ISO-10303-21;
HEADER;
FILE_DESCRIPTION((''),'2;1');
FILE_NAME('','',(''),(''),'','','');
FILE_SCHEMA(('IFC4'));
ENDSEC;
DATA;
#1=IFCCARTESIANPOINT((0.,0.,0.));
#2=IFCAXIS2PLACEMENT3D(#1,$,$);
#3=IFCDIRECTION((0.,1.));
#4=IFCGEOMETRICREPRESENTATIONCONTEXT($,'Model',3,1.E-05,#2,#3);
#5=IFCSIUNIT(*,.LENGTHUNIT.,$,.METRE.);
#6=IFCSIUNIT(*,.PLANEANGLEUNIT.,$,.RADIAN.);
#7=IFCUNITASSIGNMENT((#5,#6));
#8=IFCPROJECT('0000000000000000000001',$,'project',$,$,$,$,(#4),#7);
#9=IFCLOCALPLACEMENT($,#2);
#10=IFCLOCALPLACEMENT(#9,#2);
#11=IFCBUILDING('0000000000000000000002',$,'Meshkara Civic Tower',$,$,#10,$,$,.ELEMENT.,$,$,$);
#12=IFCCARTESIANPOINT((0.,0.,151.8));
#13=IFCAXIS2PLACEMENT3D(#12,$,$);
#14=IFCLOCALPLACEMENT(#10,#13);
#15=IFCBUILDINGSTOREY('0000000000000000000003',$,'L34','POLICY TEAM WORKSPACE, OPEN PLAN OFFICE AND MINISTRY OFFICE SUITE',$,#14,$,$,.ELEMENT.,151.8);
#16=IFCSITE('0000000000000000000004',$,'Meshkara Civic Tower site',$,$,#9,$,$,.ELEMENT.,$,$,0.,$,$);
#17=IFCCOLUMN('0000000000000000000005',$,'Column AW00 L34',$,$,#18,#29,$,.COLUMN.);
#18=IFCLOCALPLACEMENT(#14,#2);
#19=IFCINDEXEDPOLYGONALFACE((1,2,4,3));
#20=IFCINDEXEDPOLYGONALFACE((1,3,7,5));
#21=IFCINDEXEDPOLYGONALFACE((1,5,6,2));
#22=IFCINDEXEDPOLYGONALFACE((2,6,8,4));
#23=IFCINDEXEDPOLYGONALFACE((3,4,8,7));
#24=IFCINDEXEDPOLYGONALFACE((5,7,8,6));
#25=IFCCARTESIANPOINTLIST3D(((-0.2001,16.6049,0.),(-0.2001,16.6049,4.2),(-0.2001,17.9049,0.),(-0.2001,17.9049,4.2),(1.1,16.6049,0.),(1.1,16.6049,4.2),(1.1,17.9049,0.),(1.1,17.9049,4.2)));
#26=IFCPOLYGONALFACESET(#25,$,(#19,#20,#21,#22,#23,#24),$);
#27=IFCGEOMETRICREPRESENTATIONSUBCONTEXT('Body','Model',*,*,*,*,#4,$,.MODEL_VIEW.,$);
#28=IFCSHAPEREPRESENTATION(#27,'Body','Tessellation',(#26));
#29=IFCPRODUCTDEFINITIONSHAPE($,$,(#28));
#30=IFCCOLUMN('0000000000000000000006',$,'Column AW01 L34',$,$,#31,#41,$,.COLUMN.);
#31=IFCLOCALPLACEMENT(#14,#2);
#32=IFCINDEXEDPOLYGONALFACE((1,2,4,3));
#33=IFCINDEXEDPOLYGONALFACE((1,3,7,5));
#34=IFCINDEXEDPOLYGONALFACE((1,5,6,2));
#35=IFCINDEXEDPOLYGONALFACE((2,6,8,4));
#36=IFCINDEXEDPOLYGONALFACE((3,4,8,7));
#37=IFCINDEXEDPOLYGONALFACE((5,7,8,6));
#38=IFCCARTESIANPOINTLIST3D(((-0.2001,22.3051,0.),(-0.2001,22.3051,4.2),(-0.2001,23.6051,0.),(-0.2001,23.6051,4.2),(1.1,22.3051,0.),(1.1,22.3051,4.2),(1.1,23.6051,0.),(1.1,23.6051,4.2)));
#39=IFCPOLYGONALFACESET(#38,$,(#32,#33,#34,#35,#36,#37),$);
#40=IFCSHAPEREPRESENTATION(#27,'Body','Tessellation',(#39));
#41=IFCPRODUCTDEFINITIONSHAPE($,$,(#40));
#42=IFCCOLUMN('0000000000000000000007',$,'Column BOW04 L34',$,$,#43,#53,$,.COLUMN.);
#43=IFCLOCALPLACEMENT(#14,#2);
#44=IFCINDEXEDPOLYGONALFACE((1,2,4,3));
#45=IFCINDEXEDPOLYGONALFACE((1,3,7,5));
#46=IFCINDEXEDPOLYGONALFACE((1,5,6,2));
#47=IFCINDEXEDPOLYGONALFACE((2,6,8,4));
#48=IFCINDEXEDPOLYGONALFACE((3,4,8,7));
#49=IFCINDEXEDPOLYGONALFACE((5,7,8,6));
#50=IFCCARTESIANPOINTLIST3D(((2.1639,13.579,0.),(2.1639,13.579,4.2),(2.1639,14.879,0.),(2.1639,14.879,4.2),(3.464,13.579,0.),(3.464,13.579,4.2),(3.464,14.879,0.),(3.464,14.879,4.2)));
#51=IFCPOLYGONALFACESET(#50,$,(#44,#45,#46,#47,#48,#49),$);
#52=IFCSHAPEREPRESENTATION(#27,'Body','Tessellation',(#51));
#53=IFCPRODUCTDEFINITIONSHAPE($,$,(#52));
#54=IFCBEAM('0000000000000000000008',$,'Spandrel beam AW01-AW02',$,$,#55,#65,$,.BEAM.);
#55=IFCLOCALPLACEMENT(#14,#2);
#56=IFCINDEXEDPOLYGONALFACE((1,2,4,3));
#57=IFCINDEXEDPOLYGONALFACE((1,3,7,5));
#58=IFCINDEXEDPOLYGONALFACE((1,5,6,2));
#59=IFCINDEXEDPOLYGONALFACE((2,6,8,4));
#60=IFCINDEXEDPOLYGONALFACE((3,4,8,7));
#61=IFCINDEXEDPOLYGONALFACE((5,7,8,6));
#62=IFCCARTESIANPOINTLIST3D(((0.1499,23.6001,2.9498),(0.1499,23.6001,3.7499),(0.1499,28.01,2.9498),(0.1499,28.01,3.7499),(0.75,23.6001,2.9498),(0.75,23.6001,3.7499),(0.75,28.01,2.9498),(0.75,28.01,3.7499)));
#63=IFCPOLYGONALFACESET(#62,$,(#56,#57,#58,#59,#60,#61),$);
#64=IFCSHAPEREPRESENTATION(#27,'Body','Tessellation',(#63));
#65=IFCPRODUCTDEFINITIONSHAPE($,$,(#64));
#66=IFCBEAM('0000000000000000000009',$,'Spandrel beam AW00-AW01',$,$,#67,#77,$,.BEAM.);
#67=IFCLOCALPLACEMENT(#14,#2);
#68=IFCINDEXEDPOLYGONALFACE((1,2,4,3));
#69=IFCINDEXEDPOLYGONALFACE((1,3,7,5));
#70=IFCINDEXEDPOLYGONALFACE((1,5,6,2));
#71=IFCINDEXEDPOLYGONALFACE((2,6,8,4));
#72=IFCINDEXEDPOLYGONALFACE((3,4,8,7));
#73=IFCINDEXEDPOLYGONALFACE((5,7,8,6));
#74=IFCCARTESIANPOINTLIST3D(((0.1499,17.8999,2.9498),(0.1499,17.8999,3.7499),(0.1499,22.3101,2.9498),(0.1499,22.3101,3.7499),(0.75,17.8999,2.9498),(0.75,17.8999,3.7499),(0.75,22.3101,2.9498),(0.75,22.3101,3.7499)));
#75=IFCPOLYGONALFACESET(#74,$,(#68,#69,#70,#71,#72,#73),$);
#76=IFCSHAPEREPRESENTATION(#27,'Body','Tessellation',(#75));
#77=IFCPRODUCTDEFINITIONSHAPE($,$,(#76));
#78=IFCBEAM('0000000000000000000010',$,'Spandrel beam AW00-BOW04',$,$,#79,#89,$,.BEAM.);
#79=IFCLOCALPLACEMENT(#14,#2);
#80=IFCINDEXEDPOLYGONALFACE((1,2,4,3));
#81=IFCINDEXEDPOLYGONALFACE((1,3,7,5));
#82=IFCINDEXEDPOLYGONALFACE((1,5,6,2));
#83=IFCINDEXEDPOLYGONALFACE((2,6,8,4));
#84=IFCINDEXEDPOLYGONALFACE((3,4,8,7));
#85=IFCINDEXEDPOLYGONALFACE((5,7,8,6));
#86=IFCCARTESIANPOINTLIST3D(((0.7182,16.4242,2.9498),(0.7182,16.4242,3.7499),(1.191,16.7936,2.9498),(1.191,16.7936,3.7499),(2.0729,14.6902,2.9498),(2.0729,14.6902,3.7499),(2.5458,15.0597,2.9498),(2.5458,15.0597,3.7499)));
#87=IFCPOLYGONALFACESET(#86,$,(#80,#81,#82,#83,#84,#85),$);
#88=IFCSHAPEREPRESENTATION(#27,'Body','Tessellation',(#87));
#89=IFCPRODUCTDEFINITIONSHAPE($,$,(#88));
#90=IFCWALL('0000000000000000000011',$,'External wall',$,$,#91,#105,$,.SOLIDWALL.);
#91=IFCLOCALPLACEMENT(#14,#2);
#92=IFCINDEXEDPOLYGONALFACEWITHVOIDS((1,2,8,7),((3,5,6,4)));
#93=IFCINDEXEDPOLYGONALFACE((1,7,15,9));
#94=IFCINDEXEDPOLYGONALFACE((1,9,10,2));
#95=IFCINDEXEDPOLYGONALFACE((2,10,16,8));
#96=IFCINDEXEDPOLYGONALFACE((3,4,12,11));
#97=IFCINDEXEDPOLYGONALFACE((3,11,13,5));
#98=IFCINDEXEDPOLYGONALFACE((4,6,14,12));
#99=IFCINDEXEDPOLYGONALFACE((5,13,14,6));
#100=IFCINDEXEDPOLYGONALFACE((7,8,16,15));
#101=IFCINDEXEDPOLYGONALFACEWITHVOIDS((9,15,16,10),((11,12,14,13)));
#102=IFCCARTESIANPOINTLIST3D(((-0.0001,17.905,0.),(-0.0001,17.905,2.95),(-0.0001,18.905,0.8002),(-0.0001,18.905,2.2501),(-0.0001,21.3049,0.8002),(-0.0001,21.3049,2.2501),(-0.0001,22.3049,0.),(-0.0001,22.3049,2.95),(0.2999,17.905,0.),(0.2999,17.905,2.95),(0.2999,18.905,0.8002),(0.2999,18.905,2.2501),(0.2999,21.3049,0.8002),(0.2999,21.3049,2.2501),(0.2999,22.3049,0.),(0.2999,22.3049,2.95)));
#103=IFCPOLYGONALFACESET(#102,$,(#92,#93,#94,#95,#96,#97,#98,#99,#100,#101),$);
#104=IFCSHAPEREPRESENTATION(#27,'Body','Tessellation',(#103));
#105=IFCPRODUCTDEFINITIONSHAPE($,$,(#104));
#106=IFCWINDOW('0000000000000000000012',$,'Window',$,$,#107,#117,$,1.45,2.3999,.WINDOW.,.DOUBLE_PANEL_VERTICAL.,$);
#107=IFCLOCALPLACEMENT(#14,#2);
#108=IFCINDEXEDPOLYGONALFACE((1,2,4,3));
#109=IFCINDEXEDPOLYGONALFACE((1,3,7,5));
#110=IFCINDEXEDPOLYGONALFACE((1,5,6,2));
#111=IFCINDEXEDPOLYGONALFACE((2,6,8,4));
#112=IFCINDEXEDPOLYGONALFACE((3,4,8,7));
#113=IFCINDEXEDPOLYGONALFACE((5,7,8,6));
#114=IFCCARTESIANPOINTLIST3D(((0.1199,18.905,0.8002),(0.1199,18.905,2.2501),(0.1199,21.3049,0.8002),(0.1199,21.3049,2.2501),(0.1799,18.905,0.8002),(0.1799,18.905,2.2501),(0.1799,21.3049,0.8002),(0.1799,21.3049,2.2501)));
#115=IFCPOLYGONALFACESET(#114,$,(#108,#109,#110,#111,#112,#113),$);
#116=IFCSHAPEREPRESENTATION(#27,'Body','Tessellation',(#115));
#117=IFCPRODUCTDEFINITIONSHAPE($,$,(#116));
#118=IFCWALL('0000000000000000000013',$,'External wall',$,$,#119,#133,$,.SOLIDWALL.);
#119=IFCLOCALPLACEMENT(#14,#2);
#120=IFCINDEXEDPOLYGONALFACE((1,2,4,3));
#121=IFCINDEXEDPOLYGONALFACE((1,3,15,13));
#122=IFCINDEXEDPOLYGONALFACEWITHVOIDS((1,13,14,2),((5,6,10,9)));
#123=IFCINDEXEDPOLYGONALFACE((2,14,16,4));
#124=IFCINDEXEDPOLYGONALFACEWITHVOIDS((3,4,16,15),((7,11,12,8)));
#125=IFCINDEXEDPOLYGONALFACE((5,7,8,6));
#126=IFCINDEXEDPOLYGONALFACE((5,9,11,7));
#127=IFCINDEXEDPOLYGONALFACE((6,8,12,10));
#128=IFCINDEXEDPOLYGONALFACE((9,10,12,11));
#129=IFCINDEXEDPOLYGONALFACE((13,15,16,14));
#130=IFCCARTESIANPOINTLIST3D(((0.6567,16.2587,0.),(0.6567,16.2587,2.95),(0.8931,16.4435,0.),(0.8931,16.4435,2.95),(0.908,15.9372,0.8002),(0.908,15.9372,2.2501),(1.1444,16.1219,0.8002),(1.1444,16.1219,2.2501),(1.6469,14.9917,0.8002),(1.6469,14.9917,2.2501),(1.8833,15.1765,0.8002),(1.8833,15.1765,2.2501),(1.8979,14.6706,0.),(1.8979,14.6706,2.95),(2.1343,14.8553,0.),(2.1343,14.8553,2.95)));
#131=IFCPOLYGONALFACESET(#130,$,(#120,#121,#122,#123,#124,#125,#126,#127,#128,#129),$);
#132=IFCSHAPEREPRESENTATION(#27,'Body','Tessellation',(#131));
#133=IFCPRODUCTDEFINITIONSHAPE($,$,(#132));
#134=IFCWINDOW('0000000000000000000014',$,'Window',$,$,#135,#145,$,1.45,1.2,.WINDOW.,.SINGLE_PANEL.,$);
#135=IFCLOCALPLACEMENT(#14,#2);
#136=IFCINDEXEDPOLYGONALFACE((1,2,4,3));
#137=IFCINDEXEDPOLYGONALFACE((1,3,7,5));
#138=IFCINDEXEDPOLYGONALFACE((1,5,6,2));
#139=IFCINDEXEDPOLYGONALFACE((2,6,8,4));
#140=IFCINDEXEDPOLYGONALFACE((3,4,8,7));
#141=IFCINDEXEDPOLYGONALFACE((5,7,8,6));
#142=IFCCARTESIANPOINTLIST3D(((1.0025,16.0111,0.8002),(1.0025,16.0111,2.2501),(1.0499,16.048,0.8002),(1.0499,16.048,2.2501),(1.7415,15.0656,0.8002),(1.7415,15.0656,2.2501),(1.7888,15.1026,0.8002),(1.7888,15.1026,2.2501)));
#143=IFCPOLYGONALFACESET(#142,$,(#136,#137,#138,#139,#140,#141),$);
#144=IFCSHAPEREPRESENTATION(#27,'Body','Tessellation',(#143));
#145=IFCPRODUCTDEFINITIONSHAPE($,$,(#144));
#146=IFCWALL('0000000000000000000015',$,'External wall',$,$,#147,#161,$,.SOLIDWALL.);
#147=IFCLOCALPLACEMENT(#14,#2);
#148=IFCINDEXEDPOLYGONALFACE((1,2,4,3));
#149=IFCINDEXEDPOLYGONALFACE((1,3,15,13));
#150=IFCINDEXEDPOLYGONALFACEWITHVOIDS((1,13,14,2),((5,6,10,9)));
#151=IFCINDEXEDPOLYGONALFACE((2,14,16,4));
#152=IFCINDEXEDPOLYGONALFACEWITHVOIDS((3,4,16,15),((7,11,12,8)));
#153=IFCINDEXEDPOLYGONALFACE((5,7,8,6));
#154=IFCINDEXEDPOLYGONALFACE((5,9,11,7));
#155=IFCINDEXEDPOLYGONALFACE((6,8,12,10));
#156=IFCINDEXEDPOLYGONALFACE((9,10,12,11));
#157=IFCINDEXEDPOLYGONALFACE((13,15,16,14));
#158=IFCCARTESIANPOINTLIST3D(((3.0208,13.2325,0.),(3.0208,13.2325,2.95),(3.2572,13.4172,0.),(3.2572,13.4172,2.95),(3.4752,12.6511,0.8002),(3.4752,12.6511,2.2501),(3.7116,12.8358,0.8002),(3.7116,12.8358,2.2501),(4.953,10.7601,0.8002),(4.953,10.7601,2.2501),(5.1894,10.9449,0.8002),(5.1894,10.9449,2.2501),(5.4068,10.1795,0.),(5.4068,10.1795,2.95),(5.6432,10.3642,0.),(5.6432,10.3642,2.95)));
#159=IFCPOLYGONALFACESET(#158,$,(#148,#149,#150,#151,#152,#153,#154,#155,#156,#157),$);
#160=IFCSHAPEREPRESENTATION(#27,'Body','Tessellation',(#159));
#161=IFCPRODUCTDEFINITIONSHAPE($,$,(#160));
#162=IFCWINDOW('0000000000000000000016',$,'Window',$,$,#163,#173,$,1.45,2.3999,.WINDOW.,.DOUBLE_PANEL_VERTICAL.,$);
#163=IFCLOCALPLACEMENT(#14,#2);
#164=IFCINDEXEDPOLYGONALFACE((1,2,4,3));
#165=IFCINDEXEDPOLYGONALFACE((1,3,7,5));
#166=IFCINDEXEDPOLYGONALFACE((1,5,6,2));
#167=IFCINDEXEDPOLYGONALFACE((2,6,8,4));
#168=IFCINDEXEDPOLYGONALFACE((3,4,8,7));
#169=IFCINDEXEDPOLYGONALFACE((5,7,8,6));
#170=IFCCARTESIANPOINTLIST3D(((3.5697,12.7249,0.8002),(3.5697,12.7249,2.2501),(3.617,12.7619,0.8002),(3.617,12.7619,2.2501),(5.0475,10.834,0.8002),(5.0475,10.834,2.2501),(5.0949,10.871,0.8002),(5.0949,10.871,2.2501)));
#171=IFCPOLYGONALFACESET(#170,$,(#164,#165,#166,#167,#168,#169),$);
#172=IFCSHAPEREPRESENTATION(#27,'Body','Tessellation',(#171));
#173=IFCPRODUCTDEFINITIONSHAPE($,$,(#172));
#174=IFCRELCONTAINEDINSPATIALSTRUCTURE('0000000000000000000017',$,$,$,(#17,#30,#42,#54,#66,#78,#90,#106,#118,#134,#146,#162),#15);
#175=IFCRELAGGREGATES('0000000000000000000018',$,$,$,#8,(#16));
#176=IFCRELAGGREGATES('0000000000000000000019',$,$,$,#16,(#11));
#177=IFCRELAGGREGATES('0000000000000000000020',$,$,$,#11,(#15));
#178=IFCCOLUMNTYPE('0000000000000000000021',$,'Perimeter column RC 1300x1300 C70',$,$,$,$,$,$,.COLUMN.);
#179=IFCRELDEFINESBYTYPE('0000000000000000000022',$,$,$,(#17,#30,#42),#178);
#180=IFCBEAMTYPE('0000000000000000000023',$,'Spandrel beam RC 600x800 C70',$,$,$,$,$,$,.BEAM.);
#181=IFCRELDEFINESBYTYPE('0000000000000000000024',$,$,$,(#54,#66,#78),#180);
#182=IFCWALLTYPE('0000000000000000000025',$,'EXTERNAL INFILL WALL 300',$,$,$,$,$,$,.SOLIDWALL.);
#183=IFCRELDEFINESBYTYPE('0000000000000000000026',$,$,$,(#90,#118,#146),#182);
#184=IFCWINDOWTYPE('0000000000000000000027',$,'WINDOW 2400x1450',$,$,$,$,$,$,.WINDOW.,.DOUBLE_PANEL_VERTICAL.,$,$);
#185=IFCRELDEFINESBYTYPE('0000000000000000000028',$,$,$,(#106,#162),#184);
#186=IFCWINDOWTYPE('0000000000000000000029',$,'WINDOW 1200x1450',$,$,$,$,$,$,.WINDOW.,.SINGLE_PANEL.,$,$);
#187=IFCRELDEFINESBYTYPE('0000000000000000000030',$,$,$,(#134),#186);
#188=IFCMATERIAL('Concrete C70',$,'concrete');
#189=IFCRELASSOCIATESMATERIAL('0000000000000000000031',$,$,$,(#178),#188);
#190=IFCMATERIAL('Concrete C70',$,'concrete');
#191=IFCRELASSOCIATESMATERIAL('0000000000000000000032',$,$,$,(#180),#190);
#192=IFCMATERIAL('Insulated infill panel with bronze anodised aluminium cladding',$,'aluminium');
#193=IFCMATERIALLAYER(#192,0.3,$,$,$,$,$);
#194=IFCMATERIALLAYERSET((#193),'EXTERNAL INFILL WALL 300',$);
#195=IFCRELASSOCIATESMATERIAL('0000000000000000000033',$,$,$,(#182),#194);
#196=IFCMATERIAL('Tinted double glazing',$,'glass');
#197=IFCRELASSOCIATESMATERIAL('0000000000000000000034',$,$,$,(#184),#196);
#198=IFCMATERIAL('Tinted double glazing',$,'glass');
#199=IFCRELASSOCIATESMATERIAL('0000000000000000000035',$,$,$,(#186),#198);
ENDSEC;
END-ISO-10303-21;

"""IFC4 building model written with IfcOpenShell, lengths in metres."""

from ifc_helpers import new_model, si_unit, direction, frame, frame_2d, origin, origin_2d, place, context, subcontext, project, spatial, rectangle, extrude, material, layer, layer_set, material_profile, profile_set, type_object, element, fill, save


model = new_model("IFC4")

# Units and contexts
model_context = context("Model", 3, precision=1e-05, world=origin(), true_north=direction((0.0, 1.0)))
body_context = subcontext(model_context, "Body", "Model", "MODEL_VIEW")
ifc_project = project(units=[si_unit("LENGTHUNIT", "METRE"), si_unit("PLANEANGLEUNIT", "RADIAN")], contexts=[model_context])

# Site, building, storey
site_placement = place(None, origin())
site = spatial("IfcSite", under=ifc_project, at=site_placement, Name="Meshkara Civic Tower site", CompositionType="ELEMENT", RefElevation=0.0)
building_placement = place(site_placement, origin())
building = spatial("IfcBuilding", under=site, at=building_placement, Name="Meshkara Civic Tower", CompositionType="ELEMENT")
storey_placement = place(building_placement, frame((0.0, 0.0, 151.8)))
storey = spatial("IfcBuildingStorey", under=building, at=storey_placement, Name="L34", Description="POLICY TEAM WORKSPACE, OPEN PLAN OFFICE AND MINISTRY OFFICE SUITE", CompositionType="ELEMENT", Elevation=151.8)

# Columns
ifc_material_1 = material(Name="Concrete C70", Category="concrete")
ifc_material_profile_1 = material_profile(ifc_material_1, rectangle(XDim=1.3, YDim=1.3, at=origin_2d()))
ifc_profile_set_1 = profile_set([ifc_material_profile_1], Name="Concrete C70")
column_type = type_object("IfcColumnType", Name="Perimeter column RC 1300x1300 C70", PredefinedType="COLUMN", material=ifc_profile_set_1)
for number, where, z_axis, x_axis, name in (
    (1, (0.45, 17.2549, 0.0), (0.0, 0.0, 1.0), (1.0, 0.0, 0.0), "Column AW00 L34"),
    (2, (0.45, 22.9551, 0.0), (0.0, 0.0, 1.0), (1.0, 0.0, 0.0), "Column AW01 L34"),
    (3, (2.814, 14.229, 0.0), (0.0, 0.0, 1.0), (1.0, 0.0, 0.0), "Column BOW04 L34"),
):
    element("IfcColumn", number, at=place(storey_placement, frame(where, z_axis=z_axis, x_axis=x_axis)), inside=storey, type_object=column_type, Name=name, PredefinedType="COLUMN", context=body_context, shape_type="SweptSolid", body=[
        extrude(rectangle(XDim=1.3, YDim=1.3, at=origin_2d()), origin(), (0.0, 0.0, 1.0), 4.2),
    ])

# Beams
ifc_material_2 = material(Name="Concrete C70", Category="concrete")
ifc_material_profile_2 = material_profile(ifc_material_2, rectangle(XDim=0.6001, YDim=0.8, at=origin_2d()))
ifc_profile_set_2 = profile_set([ifc_material_profile_2], Name="Concrete C70")
beam_type = type_object("IfcBeamType", Name="Spandrel beam RC 600x800 C70", PredefinedType="BEAM", material=ifc_profile_set_2)
beam_1_placement = place(storey_placement, frame((0.45, 28.01, 3.3499), z_axis=(0.0, -1.0, 0.0), x_axis=(1.0, 0.0, 0.0)))
element("IfcBeam", 4, at=beam_1_placement, inside=storey, type_object=beam_type, Name="Spandrel beam AW01-AW02", PredefinedType="BEAM", context=body_context, shape_type="SweptSolid", body=[
    extrude(rectangle(XDim=0.6001, YDim=0.8, at=origin_2d()), origin(), (0.0, 0.0, 1.0), 4.4099),
])
beam_2_placement = place(storey_placement, frame((0.45, 22.3101, 3.3499), z_axis=(0.0, -1.0, 0.0), x_axis=(1.0, 0.0, 0.0)))
element("IfcBeam", 5, at=beam_2_placement, inside=storey, type_object=beam_type, Name="Spandrel beam AW00-AW01", PredefinedType="BEAM", context=body_context, shape_type="SweptSolid", body=[
    extrude(rectangle(XDim=0.6001, YDim=0.8, at=origin_2d()), origin(), (0.0, 0.0, 1.0), 4.4102),
])
beam_3_placement = place(storey_placement, frame((0.9546, 16.6089, 3.3499), z_axis=(0.615683, -0.787994, 0.0), x_axis=(0.787994, 0.615683, 0.0)))
element("IfcBeam", 6, at=beam_3_placement, inside=storey, type_object=beam_type, Name="Spandrel beam AW00-BOW04", PredefinedType="BEAM", context=body_context, shape_type="SweptSolid", body=[
    extrude(rectangle(XDim=0.6001, YDim=0.8, at=origin_2d()), origin(), (0.0, 0.0, 1.0), 2.2004),
])

# Walls, openings, windows
ifc_material_3 = material(Name="Insulated infill panel with bronze anodised aluminium cladding", Category="aluminium")
ifc_layer_1 = layer(ifc_material_3, 0.3)
ifc_layer_set_1 = layer_set([ifc_layer_1], Name="EXTERNAL INFILL WALL 300")
wall_type_1 = type_object("IfcWallType", Name="EXTERNAL INFILL WALL 300", PredefinedType="SOLIDWALL", material=ifc_layer_set_1)
wall_1_placement = place(storey_placement, frame((0.1499, 22.3049, 0.0), z_axis=(0.0, 0.0, 1.0), x_axis=(0.0, -1.0, 0.0)))
wall_1 = element("IfcWall", 7, at=wall_1_placement, inside=storey, type_object=wall_type_1, Name="External wall", PredefinedType="SOLIDWALL", context=body_context, shape_type="SweptSolid", body=[
    extrude(rectangle(XDim=4.3999, YDim=0.3, at=frame_2d((2.2, 0.0))), origin(), (0.0, 0.0, 1.0), 2.95),
])
opening_1_placement = place(wall_1_placement, frame((1.0, 0.0, 0.8)))
opening_1 = element("IfcOpeningElement", 8, at=opening_1_placement, cuts=wall_1, PredefinedType="OPENING", context=body_context, shape_type="SweptSolid", body=[
    extrude(rectangle(XDim=2.3999, YDim=1.45, at=frame_2d((1.2, 0.7251))), frame((0.0, 0.1599, 0.0), z_axis=(0.0, -1.0, 0.0), x_axis=(1.0, 0.0, 0.0)), (0.0, 0.0, 1.0), 0.3201),
])
ifc_material_4 = material(Name="Tinted double glazing", Category="glass")
window_type_1 = type_object("IfcWindowType", Name="WINDOW 2400x1450", PartitioningType="DOUBLE_PANEL_VERTICAL", PredefinedType="WINDOW", material=ifc_material_4)
window_1_placement = place(opening_1_placement, origin())
window_1 = element("IfcWindow", 9, at=window_1_placement, inside=storey, type_object=window_type_1, Name="Window", OverallHeight=1.45, OverallWidth=2.3999, PartitioningType="DOUBLE_PANEL_VERTICAL", PredefinedType="WINDOW", context=body_context, shape_type="SweptSolid", body=[
    extrude(rectangle(XDim=2.3999, YDim=1.45, at=frame_2d((1.2, 0.7251))), frame((0.0, 0.03, 0.0), z_axis=(0.0, -1.0, 0.0), x_axis=(1.0, 0.0, 0.0)), (0.0, 0.0, 1.0), 0.0601),
])
fill(opening_1, window_1)
wall_2_placement = place(storey_placement, frame((0.7749, 16.3511, 0.0), z_axis=(0.0, 0.0, 1.0), x_axis=(0.615792, -0.787909, 0.0)))
wall_2 = element("IfcWall", 10, at=wall_2_placement, inside=storey, type_object=wall_type_1, Name="External wall", PredefinedType="SOLIDWALL", context=body_context, shape_type="SweptSolid", body=[
    extrude(rectangle(XDim=2.0156, YDim=0.3, at=frame_2d((1.0078, 0.0))), origin(), (0.0, 0.0, 1.0), 2.95),
])
opening_2_placement = place(wall_2_placement, frame((0.408, 0.0, 0.8)))
opening_2 = element("IfcOpeningElement", 11, at=opening_2_placement, cuts=wall_2, PredefinedType="OPENING", context=body_context, shape_type="SweptSolid", body=[
    extrude(rectangle(XDim=1.2, YDim=1.45, at=frame_2d((0.6001, 0.7251))), frame((0.0, 0.1599, 0.0), z_axis=(0.0, -1.0, 0.0), x_axis=(1.0, 0.0, 0.0)), (0.0, 0.0, 1.0), 0.3201),
])
ifc_material_5 = material(Name="Tinted double glazing", Category="glass")
window_type_2 = type_object("IfcWindowType", Name="WINDOW 1200x1450", PartitioningType="SINGLE_PANEL", PredefinedType="WINDOW", material=ifc_material_5)
window_2_placement = place(opening_2_placement, origin())
window_2 = element("IfcWindow", 12, at=window_2_placement, inside=storey, type_object=window_type_2, Name="Window", OverallHeight=1.45, OverallWidth=1.2, PartitioningType="SINGLE_PANEL", PredefinedType="WINDOW", context=body_context, shape_type="SweptSolid", body=[
    extrude(rectangle(XDim=1.2, YDim=1.45, at=frame_2d((0.6001, 0.7251))), frame((0.0, 0.03, 0.0), z_axis=(0.0, -1.0, 0.0), x_axis=(1.0, 0.0, 0.0)), (0.0, 0.0, 1.0), 0.0601),
])
fill(opening_2, window_2)
wall_3_placement = place(storey_placement, frame((3.1389, 13.325, 0.0), z_axis=(0.0, 0.0, 1.0), x_axis=(0.61578, -0.787918, 0.0)))
wall_3 = element("IfcWall", 13, at=wall_3_placement, inside=storey, type_object=wall_type_1, Name="External wall", PredefinedType="SOLIDWALL", context=body_context, shape_type="SweptSolid", body=[
    extrude(rectangle(XDim=3.8748, YDim=0.3, at=frame_2d((1.9375, 0.0))), origin(), (0.0, 0.0, 1.0), 2.95),
])
opening_3_placement = place(wall_3_placement, frame((0.738, 0.0, 0.8)))
opening_3 = element("IfcOpeningElement", 14, at=opening_3_placement, cuts=wall_3, PredefinedType="OPENING", context=body_context, shape_type="SweptSolid", body=[
    extrude(rectangle(XDim=2.3999, YDim=1.45, at=frame_2d((1.2, 0.7251))), frame((0.0, 0.1599, 0.0), z_axis=(0.0, -1.0, 0.0), x_axis=(1.0, 0.0, 0.0)), (0.0, 0.0, 1.0), 0.3201),
])
window_3_placement = place(opening_3_placement, origin())
window_3 = element("IfcWindow", 15, at=window_3_placement, inside=storey, type_object=window_type_1, Name="Window", OverallHeight=1.45, OverallWidth=2.3999, PartitioningType="DOUBLE_PANEL_VERTICAL", PredefinedType="WINDOW", context=body_context, shape_type="SweptSolid", body=[
    extrude(rectangle(XDim=2.3999, YDim=1.45, at=frame_2d((1.2, 0.7251))), frame((0.0, 0.03, 0.0), z_axis=(0.0, -1.0, 0.0), x_axis=(1.0, 0.0, 0.0)), (0.0, 0.0, 1.0), 0.0601),
])
fill(opening_3, window_3)

save(model, "model.ifc")
